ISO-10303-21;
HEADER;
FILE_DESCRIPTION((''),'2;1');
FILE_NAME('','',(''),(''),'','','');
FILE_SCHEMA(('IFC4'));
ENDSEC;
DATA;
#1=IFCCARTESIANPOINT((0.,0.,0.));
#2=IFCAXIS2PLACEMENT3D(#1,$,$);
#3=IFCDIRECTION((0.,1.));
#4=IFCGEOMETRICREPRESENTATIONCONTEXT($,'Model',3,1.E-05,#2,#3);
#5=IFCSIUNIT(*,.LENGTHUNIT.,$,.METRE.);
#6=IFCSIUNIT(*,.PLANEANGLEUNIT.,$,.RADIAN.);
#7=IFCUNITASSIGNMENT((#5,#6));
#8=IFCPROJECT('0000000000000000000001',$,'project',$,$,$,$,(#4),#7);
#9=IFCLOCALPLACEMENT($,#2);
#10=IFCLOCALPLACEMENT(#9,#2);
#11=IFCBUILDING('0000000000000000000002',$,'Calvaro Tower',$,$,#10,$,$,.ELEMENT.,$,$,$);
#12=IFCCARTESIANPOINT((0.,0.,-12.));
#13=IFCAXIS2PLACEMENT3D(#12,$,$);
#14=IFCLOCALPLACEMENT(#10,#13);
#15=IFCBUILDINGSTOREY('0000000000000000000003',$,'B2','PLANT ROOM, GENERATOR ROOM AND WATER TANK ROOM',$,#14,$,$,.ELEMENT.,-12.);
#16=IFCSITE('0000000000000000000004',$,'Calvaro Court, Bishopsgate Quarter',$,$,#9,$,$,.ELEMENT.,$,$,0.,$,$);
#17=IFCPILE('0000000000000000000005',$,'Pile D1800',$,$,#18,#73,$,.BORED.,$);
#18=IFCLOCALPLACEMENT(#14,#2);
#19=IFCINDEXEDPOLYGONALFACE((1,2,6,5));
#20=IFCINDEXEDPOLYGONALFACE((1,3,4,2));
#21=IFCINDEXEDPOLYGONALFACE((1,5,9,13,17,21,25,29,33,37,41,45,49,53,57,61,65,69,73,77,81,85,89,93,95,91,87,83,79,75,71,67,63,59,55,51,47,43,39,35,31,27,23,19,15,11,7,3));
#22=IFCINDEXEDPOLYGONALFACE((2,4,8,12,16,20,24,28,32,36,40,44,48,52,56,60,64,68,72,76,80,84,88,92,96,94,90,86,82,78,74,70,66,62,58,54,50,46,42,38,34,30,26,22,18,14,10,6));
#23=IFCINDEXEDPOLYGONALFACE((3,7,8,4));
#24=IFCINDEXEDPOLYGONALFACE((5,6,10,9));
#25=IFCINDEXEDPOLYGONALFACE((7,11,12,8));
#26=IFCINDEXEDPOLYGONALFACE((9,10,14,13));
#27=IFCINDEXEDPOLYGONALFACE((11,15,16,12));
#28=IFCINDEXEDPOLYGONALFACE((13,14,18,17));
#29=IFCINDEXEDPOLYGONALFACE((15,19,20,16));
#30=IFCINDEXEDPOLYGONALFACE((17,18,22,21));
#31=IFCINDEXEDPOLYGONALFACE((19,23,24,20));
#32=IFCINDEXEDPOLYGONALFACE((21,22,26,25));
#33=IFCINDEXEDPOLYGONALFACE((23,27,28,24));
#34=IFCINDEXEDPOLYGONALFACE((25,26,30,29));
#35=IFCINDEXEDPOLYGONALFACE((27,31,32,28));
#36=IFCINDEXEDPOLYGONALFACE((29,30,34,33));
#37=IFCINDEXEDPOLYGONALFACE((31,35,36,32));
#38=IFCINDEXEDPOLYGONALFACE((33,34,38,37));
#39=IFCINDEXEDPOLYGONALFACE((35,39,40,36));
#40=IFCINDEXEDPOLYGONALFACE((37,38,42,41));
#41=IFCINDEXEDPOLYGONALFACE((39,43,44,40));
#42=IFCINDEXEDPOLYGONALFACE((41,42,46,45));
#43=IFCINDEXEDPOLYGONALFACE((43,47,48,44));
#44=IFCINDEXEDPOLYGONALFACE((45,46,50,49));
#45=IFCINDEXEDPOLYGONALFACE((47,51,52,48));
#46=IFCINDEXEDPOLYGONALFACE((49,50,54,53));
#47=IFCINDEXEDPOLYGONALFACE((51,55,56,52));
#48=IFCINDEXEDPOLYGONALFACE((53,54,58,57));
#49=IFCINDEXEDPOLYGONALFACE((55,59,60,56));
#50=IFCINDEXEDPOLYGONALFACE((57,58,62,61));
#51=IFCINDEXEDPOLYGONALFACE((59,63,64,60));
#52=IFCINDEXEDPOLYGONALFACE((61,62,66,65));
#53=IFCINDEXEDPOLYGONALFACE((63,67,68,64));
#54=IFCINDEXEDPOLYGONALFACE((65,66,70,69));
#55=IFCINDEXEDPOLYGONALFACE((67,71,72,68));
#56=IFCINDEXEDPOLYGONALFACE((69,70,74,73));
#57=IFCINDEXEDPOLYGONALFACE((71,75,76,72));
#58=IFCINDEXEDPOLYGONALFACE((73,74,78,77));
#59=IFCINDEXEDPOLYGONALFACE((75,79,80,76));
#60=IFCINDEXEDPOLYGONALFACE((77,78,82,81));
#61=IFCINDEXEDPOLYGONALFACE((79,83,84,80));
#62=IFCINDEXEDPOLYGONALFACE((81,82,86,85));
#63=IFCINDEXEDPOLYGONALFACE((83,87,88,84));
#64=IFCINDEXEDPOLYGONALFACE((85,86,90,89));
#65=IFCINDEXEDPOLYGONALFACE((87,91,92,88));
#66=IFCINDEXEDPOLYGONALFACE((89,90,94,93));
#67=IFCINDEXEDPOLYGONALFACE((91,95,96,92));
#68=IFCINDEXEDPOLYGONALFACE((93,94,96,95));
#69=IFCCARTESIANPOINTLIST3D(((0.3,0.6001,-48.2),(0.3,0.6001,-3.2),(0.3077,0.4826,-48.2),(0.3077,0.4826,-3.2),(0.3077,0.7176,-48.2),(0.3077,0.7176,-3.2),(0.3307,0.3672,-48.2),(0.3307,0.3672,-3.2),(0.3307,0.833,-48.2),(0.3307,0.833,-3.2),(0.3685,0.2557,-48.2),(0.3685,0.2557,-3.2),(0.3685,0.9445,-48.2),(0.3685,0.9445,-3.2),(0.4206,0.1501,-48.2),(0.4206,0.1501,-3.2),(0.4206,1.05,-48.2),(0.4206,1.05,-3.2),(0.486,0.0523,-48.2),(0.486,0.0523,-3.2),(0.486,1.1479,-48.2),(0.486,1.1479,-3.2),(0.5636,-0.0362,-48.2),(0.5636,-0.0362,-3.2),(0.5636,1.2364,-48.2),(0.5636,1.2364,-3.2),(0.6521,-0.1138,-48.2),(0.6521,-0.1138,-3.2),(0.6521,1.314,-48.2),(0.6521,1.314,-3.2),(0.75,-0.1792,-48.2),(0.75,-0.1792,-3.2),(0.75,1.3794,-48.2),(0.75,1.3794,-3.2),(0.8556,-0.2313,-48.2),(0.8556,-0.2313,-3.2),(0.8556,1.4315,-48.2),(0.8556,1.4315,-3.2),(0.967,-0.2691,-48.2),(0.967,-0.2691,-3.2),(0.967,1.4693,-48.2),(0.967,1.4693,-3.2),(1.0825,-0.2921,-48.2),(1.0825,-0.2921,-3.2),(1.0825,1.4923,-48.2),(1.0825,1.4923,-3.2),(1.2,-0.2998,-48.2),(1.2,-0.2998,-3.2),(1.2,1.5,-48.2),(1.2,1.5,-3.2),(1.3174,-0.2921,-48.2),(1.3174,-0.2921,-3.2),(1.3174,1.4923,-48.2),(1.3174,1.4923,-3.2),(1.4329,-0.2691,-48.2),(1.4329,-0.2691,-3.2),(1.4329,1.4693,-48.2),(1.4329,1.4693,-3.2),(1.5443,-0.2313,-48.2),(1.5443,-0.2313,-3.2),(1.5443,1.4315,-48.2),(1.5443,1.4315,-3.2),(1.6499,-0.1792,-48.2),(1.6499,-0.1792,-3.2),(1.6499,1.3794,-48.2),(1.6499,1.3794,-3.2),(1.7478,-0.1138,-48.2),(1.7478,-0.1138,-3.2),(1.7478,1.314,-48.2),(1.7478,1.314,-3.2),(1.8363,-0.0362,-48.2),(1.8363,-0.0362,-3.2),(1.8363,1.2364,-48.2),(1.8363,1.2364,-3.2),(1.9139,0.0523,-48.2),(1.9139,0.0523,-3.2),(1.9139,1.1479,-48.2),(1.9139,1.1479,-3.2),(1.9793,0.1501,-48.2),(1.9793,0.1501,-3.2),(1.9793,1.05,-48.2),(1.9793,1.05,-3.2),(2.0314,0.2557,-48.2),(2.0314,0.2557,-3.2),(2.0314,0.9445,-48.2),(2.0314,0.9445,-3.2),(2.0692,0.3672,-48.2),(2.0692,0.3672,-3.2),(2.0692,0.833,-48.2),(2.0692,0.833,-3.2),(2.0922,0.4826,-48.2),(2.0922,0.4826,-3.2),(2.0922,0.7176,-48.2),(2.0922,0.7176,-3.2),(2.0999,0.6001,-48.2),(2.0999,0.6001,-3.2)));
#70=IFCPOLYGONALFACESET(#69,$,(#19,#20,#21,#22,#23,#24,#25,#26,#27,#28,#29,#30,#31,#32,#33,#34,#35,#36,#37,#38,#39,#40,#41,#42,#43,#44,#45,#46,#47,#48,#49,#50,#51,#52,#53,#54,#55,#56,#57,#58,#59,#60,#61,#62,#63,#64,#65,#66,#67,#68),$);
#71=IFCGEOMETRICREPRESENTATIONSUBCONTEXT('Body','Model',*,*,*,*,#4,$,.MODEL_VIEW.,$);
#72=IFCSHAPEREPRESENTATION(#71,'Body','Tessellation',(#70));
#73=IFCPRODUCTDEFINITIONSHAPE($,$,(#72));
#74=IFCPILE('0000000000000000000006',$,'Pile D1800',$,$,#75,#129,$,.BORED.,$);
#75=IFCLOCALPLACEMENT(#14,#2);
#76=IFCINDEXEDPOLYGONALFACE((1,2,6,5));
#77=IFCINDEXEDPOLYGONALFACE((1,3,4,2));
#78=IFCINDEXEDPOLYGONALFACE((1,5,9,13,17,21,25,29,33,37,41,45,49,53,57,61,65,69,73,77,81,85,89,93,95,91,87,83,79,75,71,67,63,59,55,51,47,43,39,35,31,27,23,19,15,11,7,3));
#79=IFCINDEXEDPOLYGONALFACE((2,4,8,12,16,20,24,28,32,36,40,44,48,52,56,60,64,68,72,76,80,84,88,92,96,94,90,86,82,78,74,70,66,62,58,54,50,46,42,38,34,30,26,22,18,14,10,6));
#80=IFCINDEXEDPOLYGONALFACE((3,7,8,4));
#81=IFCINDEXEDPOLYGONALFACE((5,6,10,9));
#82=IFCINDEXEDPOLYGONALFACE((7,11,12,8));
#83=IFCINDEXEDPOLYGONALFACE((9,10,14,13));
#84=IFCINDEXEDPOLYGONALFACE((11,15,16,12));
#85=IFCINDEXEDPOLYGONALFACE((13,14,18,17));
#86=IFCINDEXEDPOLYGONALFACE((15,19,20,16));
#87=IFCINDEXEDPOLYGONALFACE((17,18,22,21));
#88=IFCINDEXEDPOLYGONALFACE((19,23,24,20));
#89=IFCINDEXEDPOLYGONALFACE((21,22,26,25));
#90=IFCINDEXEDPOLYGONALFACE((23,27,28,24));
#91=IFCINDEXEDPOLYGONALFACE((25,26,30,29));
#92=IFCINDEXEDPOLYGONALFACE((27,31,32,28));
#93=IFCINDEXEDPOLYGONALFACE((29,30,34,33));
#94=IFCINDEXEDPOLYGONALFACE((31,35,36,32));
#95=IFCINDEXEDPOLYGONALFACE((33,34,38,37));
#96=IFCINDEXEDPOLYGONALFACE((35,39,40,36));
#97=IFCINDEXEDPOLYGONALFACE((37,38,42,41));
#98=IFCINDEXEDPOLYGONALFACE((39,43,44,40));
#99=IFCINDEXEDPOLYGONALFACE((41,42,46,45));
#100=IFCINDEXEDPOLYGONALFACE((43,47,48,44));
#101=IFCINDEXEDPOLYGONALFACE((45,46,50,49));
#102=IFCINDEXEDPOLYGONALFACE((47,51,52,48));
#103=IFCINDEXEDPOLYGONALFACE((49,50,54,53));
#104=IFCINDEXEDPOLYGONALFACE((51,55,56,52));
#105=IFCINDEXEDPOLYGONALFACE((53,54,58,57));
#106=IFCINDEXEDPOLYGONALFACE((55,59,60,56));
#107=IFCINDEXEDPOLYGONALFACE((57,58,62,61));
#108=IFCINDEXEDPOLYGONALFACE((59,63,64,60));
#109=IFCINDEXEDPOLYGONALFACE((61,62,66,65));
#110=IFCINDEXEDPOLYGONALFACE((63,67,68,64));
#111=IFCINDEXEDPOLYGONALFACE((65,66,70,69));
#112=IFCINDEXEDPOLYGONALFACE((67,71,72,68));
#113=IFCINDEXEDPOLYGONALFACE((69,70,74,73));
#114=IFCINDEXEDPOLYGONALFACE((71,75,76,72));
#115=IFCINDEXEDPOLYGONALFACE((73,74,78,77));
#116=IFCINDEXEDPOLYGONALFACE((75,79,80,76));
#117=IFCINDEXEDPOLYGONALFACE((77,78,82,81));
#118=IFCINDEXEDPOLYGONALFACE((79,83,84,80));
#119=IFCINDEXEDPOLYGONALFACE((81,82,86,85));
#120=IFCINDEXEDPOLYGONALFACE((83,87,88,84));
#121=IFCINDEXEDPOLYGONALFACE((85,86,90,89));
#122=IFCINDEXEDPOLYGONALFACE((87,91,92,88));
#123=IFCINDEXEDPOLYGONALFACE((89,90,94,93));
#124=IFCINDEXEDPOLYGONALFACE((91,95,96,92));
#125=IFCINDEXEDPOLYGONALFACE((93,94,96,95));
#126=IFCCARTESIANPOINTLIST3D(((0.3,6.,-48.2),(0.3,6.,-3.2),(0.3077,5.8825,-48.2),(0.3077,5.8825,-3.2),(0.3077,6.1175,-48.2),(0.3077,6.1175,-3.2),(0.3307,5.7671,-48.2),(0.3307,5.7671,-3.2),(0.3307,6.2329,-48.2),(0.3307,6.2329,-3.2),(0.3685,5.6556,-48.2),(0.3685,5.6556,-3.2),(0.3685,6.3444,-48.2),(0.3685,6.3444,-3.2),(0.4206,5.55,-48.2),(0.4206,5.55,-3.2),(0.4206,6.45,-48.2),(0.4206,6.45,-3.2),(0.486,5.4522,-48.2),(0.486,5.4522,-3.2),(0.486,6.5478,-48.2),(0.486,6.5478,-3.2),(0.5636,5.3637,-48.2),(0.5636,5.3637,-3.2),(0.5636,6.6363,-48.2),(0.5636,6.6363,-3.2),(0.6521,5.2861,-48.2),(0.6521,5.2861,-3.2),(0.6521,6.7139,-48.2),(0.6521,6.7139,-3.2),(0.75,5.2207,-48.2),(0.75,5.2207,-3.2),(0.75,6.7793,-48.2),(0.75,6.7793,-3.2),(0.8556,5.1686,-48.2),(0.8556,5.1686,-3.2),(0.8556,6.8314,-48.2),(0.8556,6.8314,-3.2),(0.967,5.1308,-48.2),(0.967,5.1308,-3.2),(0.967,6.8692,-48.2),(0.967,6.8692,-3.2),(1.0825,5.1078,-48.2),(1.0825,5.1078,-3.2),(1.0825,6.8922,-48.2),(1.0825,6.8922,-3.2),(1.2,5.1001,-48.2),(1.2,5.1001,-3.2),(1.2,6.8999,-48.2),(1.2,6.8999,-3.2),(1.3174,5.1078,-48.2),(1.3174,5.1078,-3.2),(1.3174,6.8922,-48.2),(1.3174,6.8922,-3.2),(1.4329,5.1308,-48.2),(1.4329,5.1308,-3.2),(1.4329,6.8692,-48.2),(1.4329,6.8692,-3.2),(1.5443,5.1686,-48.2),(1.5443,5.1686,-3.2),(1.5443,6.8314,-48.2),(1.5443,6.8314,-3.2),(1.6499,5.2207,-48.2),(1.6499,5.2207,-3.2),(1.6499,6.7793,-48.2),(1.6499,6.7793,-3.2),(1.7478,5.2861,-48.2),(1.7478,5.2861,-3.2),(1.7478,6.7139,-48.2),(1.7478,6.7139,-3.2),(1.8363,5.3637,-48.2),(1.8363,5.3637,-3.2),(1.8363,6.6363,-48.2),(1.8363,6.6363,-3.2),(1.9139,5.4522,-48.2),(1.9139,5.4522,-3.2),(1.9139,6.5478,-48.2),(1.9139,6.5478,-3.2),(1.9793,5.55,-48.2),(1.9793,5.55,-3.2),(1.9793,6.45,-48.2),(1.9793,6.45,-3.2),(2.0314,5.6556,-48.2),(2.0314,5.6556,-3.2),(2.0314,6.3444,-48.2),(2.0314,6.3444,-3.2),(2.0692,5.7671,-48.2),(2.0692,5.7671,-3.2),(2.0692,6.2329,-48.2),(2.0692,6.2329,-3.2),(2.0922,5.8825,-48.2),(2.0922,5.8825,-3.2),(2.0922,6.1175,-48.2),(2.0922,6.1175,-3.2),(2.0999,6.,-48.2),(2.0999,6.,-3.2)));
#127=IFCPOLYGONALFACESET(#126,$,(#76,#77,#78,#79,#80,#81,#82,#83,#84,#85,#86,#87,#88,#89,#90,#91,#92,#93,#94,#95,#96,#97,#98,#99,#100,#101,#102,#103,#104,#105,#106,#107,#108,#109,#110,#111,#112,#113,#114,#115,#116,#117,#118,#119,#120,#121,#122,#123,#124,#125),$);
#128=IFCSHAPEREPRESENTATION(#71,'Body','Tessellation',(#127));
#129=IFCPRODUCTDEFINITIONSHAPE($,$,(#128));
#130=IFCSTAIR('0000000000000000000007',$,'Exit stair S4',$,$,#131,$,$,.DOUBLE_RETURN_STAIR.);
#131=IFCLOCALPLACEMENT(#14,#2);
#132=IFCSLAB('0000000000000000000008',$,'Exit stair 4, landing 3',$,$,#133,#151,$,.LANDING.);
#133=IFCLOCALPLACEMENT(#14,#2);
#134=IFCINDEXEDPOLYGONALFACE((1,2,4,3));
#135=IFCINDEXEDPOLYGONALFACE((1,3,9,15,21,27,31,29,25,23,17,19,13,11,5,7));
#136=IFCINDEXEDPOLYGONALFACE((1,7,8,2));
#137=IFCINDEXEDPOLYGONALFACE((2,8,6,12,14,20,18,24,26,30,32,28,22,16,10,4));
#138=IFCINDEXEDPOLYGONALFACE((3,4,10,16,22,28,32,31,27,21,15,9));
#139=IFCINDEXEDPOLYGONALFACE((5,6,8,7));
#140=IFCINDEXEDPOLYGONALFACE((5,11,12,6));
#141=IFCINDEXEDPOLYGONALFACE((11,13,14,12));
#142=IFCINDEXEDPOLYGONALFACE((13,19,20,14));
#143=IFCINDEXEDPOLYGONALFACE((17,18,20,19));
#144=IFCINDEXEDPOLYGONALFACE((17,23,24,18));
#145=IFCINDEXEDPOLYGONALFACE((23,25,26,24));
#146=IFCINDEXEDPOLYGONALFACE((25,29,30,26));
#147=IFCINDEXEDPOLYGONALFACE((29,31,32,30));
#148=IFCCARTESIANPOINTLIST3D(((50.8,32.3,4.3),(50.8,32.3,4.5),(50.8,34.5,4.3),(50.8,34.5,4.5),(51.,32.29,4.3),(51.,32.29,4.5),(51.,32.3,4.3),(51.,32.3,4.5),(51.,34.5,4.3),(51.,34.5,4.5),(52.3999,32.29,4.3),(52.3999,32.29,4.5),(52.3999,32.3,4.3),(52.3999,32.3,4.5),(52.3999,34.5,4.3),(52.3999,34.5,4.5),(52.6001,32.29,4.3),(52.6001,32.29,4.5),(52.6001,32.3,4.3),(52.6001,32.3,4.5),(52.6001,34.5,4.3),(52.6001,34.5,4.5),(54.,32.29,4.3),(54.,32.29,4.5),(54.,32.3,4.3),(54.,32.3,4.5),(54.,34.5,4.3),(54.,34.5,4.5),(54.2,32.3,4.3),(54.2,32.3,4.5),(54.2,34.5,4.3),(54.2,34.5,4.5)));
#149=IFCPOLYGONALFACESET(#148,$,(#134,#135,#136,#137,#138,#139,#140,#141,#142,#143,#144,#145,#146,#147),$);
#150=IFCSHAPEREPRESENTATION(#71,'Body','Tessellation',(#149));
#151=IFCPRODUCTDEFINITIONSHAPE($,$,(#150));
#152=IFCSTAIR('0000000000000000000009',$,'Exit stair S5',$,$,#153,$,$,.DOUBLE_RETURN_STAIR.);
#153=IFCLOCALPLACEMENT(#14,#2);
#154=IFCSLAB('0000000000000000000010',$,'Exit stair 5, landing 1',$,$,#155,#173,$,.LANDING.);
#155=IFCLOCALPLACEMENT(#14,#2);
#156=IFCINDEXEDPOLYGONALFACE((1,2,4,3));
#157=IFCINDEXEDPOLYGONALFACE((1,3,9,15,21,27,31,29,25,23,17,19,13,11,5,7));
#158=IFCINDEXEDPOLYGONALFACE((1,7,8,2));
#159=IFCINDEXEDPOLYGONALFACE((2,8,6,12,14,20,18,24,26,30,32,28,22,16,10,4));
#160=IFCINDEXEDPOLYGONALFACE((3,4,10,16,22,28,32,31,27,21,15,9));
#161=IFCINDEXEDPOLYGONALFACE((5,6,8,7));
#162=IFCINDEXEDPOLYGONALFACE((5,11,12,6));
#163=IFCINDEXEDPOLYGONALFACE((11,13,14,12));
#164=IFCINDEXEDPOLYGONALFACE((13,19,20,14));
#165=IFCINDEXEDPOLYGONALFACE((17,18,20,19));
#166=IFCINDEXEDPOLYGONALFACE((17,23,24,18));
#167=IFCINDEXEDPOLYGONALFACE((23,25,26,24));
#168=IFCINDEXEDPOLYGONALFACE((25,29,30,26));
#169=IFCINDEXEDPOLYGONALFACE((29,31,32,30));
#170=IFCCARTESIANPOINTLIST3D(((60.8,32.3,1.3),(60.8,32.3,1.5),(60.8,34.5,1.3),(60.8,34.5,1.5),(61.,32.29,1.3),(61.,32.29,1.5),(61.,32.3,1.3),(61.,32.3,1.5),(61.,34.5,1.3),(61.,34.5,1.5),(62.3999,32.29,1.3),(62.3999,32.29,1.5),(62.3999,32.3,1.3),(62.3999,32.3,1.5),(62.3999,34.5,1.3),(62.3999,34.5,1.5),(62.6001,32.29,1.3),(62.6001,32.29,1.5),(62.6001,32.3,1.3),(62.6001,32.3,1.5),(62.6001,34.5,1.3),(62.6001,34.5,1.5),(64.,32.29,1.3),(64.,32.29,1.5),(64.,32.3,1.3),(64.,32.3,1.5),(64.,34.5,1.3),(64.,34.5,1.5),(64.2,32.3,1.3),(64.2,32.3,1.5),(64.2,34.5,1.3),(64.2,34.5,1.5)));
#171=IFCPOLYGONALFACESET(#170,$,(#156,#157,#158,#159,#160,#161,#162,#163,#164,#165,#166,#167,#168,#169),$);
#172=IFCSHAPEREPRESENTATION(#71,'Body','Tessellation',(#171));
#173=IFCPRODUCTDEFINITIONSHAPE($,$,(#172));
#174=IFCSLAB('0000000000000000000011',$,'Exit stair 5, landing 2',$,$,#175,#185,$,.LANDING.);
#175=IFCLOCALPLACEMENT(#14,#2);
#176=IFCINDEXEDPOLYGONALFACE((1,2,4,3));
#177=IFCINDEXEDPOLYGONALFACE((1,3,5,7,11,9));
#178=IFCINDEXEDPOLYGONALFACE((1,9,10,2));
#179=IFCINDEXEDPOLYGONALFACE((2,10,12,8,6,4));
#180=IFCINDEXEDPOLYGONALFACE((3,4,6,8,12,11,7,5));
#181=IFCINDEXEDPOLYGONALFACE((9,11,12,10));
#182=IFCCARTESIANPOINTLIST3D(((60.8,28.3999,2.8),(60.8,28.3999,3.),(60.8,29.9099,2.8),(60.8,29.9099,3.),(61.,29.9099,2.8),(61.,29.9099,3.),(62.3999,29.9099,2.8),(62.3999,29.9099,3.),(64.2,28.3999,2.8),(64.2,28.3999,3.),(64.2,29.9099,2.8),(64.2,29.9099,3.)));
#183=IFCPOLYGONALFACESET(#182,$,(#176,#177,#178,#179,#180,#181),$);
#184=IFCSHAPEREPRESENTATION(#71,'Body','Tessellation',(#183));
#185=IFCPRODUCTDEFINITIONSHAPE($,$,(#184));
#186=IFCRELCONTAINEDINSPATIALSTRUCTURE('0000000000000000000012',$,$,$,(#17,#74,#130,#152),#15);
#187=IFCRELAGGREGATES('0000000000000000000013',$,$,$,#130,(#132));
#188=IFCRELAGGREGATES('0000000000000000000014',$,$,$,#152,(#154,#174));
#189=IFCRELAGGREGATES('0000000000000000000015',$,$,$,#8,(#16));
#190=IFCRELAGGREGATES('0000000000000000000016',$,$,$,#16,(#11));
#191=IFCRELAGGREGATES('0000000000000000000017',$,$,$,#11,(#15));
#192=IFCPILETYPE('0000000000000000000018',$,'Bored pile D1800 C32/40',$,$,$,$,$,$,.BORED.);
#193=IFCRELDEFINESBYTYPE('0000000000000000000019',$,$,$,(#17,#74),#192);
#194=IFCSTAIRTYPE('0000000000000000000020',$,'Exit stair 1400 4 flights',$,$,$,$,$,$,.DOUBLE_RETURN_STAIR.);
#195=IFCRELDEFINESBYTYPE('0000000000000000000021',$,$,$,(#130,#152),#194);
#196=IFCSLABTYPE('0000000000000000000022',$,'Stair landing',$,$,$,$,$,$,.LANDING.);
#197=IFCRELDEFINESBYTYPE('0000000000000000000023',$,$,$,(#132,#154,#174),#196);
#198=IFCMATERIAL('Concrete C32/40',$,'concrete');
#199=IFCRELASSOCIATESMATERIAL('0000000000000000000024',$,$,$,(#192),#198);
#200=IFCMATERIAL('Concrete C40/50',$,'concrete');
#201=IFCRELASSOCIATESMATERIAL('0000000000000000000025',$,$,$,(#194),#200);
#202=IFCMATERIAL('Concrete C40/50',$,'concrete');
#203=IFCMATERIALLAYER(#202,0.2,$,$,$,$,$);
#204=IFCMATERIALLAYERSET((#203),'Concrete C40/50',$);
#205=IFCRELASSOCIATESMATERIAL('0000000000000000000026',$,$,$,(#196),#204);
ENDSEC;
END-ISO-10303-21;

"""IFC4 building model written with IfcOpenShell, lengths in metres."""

from ifc_helpers import new_model, si_unit, direction, frame, origin, origin_2d, place, context, subcontext, project, spatial, polyline, circle, outline, extrude, material, layer, layer_set, material_profile, profile_set, type_object, element, aggregate, save


model = new_model("IFC4")

# Units and contexts
model_context = context("Model", 3, precision=1e-05, world=origin(), true_north=direction((0.0, 1.0)))
body_context = subcontext(model_context, "Body", "Model", "MODEL_VIEW")
ifc_project = project(units=[si_unit("LENGTHUNIT", "METRE"), si_unit("PLANEANGLEUNIT", "RADIAN")], contexts=[model_context])

# Site, building, storey
site_placement = place(None, origin())
site = spatial("IfcSite", under=ifc_project, at=site_placement, Name="Calvaro Court, Bishopsgate Quarter", CompositionType="ELEMENT", RefElevation=0.0)
building_placement = place(site_placement, origin())
building = spatial("IfcBuilding", under=site, at=building_placement, Name="Calvaro Tower", CompositionType="ELEMENT")
storey_placement = place(building_placement, frame((0.0, 0.0, -12.0)))
storey = spatial("IfcBuildingStorey", under=building, at=storey_placement, Name="B2", Description="PLANT ROOM, GENERATOR ROOM AND WATER TANK ROOM", CompositionType="ELEMENT", Elevation=-12.0)

# Piles
ifc_material_1 = material(Name="Concrete C32/40", Category="concrete")
ifc_material_profile = material_profile(ifc_material_1, circle(Radius=0.8999, at=origin_2d()), Name="Bored pile D1800")
ifc_profile_set = profile_set([ifc_material_profile], Name="Concrete C32/40")
pile_type = type_object("IfcPileType", Name="Bored pile D1800 C32/40", PredefinedType="BORED", material=ifc_profile_set)
for number, where, z_axis, x_axis, name in (
    (1, (1.2, 0.6001, -3.2), (0.0, 0.0, -1.0), (1.0, 0.0, 0.0), "Pile D1800"),
    (2, (1.2, 6.0, -3.2), (0.0, 0.0, -1.0), (1.0, 0.0, 0.0), "Pile D1800"),
):
    element("IfcPile", number, at=place(storey_placement, frame(where, z_axis=z_axis, x_axis=x_axis)), inside=storey, type_object=pile_type, Name=name, PredefinedType="BORED", context=body_context, shape_type="SweptSolid", body=[
        extrude(circle(Radius=0.8999, at=origin_2d()), origin(), (0.0, 0.0, 1.0), 45.0),
    ])

# Stair, slab
ifc_material_2 = material(Name="Concrete C40/50", Category="concrete")
stair_type = type_object("IfcStairType", Name="Exit stair 1400 4 flights", PredefinedType="DOUBLE_RETURN_STAIR", material=ifc_material_2)
stair_1_placement = place(storey_placement, origin())
stair_1 = element("IfcStair", 3, at=stair_1_placement, inside=storey, type_object=stair_type, Name="Exit stair S4", PredefinedType="DOUBLE_RETURN_STAIR")
ifc_material_3 = material(Name="Concrete C40/50", Category="concrete")
ifc_layer_1 = layer(ifc_material_3, 0.2)
ifc_layer_set_1 = layer_set([ifc_layer_1], Name="Concrete C40/50")
slab_type = type_object("IfcSlabType", Name="Stair landing", PredefinedType="LANDING", material=ifc_layer_set_1)
slab_1_placement = place(storey_placement, frame((0.0, 0.0, 4.3)))
slab_1 = element("IfcSlab", 4, at=slab_1_placement, type_object=slab_type, Name="Exit stair 4, landing 3", PredefinedType="LANDING", context=body_context, shape_type="SweptSolid", body=[
    extrude(outline(polyline([(52.3999, 32.29), (51.0, 32.29), (51.0, 32.3), (50.8, 32.3), (50.8, 34.5), (51.0, 34.5), (52.3999, 34.5), (52.6001, 34.5), (54.0, 34.5), (54.2, 34.5), (54.2, 32.3), (54.0, 32.3), (54.0, 32.29), (52.6001, 32.29), (52.6001, 32.3), (52.3999, 32.3), (52.3999, 32.29)])), origin(), (0.0, 0.0, 1.0), 0.2),
])
aggregate(stair_1, [slab_1])

# Stair, slabs
stair_2_placement = place(storey_placement, origin())
stair_2 = element("IfcStair", 5, at=stair_2_placement, inside=storey, type_object=stair_type, Name="Exit stair S5", PredefinedType="DOUBLE_RETURN_STAIR")
slab_2_placement = place(storey_placement, frame((0.0, 0.0, 1.3)))
slab_2 = element("IfcSlab", 6, at=slab_2_placement, type_object=slab_type, Name="Exit stair 5, landing 1", PredefinedType="LANDING", context=body_context, shape_type="SweptSolid", body=[
    extrude(outline(polyline([(62.3999, 32.29), (61.0, 32.29), (61.0, 32.3), (60.8, 32.3), (60.8, 34.5), (61.0, 34.5), (62.3999, 34.5), (62.6001, 34.5), (64.0, 34.5), (64.2, 34.5), (64.2, 32.3), (64.0, 32.3), (64.0, 32.29), (62.6001, 32.29), (62.6001, 32.3), (62.3999, 32.3), (62.3999, 32.29)])), origin(), (0.0, 0.0, 1.0), 0.2),
])
slab_3_placement = place(storey_placement, frame((0.0, 0.0, 2.8)))
slab_3 = element("IfcSlab", 7, at=slab_3_placement, type_object=slab_type, Name="Exit stair 5, landing 2", PredefinedType="LANDING", context=body_context, shape_type="SweptSolid", body=[
    extrude(outline(polyline([(64.2, 29.9099), (64.2, 28.3999), (60.8, 28.3999), (60.8, 29.9099), (61.0, 29.9099), (62.3999, 29.9099), (64.2, 29.9099)])), origin(), (0.0, 0.0, 1.0), 0.2),
])
aggregate(stair_2, [slab_2, slab_3])

save(model, "model.ifc")
